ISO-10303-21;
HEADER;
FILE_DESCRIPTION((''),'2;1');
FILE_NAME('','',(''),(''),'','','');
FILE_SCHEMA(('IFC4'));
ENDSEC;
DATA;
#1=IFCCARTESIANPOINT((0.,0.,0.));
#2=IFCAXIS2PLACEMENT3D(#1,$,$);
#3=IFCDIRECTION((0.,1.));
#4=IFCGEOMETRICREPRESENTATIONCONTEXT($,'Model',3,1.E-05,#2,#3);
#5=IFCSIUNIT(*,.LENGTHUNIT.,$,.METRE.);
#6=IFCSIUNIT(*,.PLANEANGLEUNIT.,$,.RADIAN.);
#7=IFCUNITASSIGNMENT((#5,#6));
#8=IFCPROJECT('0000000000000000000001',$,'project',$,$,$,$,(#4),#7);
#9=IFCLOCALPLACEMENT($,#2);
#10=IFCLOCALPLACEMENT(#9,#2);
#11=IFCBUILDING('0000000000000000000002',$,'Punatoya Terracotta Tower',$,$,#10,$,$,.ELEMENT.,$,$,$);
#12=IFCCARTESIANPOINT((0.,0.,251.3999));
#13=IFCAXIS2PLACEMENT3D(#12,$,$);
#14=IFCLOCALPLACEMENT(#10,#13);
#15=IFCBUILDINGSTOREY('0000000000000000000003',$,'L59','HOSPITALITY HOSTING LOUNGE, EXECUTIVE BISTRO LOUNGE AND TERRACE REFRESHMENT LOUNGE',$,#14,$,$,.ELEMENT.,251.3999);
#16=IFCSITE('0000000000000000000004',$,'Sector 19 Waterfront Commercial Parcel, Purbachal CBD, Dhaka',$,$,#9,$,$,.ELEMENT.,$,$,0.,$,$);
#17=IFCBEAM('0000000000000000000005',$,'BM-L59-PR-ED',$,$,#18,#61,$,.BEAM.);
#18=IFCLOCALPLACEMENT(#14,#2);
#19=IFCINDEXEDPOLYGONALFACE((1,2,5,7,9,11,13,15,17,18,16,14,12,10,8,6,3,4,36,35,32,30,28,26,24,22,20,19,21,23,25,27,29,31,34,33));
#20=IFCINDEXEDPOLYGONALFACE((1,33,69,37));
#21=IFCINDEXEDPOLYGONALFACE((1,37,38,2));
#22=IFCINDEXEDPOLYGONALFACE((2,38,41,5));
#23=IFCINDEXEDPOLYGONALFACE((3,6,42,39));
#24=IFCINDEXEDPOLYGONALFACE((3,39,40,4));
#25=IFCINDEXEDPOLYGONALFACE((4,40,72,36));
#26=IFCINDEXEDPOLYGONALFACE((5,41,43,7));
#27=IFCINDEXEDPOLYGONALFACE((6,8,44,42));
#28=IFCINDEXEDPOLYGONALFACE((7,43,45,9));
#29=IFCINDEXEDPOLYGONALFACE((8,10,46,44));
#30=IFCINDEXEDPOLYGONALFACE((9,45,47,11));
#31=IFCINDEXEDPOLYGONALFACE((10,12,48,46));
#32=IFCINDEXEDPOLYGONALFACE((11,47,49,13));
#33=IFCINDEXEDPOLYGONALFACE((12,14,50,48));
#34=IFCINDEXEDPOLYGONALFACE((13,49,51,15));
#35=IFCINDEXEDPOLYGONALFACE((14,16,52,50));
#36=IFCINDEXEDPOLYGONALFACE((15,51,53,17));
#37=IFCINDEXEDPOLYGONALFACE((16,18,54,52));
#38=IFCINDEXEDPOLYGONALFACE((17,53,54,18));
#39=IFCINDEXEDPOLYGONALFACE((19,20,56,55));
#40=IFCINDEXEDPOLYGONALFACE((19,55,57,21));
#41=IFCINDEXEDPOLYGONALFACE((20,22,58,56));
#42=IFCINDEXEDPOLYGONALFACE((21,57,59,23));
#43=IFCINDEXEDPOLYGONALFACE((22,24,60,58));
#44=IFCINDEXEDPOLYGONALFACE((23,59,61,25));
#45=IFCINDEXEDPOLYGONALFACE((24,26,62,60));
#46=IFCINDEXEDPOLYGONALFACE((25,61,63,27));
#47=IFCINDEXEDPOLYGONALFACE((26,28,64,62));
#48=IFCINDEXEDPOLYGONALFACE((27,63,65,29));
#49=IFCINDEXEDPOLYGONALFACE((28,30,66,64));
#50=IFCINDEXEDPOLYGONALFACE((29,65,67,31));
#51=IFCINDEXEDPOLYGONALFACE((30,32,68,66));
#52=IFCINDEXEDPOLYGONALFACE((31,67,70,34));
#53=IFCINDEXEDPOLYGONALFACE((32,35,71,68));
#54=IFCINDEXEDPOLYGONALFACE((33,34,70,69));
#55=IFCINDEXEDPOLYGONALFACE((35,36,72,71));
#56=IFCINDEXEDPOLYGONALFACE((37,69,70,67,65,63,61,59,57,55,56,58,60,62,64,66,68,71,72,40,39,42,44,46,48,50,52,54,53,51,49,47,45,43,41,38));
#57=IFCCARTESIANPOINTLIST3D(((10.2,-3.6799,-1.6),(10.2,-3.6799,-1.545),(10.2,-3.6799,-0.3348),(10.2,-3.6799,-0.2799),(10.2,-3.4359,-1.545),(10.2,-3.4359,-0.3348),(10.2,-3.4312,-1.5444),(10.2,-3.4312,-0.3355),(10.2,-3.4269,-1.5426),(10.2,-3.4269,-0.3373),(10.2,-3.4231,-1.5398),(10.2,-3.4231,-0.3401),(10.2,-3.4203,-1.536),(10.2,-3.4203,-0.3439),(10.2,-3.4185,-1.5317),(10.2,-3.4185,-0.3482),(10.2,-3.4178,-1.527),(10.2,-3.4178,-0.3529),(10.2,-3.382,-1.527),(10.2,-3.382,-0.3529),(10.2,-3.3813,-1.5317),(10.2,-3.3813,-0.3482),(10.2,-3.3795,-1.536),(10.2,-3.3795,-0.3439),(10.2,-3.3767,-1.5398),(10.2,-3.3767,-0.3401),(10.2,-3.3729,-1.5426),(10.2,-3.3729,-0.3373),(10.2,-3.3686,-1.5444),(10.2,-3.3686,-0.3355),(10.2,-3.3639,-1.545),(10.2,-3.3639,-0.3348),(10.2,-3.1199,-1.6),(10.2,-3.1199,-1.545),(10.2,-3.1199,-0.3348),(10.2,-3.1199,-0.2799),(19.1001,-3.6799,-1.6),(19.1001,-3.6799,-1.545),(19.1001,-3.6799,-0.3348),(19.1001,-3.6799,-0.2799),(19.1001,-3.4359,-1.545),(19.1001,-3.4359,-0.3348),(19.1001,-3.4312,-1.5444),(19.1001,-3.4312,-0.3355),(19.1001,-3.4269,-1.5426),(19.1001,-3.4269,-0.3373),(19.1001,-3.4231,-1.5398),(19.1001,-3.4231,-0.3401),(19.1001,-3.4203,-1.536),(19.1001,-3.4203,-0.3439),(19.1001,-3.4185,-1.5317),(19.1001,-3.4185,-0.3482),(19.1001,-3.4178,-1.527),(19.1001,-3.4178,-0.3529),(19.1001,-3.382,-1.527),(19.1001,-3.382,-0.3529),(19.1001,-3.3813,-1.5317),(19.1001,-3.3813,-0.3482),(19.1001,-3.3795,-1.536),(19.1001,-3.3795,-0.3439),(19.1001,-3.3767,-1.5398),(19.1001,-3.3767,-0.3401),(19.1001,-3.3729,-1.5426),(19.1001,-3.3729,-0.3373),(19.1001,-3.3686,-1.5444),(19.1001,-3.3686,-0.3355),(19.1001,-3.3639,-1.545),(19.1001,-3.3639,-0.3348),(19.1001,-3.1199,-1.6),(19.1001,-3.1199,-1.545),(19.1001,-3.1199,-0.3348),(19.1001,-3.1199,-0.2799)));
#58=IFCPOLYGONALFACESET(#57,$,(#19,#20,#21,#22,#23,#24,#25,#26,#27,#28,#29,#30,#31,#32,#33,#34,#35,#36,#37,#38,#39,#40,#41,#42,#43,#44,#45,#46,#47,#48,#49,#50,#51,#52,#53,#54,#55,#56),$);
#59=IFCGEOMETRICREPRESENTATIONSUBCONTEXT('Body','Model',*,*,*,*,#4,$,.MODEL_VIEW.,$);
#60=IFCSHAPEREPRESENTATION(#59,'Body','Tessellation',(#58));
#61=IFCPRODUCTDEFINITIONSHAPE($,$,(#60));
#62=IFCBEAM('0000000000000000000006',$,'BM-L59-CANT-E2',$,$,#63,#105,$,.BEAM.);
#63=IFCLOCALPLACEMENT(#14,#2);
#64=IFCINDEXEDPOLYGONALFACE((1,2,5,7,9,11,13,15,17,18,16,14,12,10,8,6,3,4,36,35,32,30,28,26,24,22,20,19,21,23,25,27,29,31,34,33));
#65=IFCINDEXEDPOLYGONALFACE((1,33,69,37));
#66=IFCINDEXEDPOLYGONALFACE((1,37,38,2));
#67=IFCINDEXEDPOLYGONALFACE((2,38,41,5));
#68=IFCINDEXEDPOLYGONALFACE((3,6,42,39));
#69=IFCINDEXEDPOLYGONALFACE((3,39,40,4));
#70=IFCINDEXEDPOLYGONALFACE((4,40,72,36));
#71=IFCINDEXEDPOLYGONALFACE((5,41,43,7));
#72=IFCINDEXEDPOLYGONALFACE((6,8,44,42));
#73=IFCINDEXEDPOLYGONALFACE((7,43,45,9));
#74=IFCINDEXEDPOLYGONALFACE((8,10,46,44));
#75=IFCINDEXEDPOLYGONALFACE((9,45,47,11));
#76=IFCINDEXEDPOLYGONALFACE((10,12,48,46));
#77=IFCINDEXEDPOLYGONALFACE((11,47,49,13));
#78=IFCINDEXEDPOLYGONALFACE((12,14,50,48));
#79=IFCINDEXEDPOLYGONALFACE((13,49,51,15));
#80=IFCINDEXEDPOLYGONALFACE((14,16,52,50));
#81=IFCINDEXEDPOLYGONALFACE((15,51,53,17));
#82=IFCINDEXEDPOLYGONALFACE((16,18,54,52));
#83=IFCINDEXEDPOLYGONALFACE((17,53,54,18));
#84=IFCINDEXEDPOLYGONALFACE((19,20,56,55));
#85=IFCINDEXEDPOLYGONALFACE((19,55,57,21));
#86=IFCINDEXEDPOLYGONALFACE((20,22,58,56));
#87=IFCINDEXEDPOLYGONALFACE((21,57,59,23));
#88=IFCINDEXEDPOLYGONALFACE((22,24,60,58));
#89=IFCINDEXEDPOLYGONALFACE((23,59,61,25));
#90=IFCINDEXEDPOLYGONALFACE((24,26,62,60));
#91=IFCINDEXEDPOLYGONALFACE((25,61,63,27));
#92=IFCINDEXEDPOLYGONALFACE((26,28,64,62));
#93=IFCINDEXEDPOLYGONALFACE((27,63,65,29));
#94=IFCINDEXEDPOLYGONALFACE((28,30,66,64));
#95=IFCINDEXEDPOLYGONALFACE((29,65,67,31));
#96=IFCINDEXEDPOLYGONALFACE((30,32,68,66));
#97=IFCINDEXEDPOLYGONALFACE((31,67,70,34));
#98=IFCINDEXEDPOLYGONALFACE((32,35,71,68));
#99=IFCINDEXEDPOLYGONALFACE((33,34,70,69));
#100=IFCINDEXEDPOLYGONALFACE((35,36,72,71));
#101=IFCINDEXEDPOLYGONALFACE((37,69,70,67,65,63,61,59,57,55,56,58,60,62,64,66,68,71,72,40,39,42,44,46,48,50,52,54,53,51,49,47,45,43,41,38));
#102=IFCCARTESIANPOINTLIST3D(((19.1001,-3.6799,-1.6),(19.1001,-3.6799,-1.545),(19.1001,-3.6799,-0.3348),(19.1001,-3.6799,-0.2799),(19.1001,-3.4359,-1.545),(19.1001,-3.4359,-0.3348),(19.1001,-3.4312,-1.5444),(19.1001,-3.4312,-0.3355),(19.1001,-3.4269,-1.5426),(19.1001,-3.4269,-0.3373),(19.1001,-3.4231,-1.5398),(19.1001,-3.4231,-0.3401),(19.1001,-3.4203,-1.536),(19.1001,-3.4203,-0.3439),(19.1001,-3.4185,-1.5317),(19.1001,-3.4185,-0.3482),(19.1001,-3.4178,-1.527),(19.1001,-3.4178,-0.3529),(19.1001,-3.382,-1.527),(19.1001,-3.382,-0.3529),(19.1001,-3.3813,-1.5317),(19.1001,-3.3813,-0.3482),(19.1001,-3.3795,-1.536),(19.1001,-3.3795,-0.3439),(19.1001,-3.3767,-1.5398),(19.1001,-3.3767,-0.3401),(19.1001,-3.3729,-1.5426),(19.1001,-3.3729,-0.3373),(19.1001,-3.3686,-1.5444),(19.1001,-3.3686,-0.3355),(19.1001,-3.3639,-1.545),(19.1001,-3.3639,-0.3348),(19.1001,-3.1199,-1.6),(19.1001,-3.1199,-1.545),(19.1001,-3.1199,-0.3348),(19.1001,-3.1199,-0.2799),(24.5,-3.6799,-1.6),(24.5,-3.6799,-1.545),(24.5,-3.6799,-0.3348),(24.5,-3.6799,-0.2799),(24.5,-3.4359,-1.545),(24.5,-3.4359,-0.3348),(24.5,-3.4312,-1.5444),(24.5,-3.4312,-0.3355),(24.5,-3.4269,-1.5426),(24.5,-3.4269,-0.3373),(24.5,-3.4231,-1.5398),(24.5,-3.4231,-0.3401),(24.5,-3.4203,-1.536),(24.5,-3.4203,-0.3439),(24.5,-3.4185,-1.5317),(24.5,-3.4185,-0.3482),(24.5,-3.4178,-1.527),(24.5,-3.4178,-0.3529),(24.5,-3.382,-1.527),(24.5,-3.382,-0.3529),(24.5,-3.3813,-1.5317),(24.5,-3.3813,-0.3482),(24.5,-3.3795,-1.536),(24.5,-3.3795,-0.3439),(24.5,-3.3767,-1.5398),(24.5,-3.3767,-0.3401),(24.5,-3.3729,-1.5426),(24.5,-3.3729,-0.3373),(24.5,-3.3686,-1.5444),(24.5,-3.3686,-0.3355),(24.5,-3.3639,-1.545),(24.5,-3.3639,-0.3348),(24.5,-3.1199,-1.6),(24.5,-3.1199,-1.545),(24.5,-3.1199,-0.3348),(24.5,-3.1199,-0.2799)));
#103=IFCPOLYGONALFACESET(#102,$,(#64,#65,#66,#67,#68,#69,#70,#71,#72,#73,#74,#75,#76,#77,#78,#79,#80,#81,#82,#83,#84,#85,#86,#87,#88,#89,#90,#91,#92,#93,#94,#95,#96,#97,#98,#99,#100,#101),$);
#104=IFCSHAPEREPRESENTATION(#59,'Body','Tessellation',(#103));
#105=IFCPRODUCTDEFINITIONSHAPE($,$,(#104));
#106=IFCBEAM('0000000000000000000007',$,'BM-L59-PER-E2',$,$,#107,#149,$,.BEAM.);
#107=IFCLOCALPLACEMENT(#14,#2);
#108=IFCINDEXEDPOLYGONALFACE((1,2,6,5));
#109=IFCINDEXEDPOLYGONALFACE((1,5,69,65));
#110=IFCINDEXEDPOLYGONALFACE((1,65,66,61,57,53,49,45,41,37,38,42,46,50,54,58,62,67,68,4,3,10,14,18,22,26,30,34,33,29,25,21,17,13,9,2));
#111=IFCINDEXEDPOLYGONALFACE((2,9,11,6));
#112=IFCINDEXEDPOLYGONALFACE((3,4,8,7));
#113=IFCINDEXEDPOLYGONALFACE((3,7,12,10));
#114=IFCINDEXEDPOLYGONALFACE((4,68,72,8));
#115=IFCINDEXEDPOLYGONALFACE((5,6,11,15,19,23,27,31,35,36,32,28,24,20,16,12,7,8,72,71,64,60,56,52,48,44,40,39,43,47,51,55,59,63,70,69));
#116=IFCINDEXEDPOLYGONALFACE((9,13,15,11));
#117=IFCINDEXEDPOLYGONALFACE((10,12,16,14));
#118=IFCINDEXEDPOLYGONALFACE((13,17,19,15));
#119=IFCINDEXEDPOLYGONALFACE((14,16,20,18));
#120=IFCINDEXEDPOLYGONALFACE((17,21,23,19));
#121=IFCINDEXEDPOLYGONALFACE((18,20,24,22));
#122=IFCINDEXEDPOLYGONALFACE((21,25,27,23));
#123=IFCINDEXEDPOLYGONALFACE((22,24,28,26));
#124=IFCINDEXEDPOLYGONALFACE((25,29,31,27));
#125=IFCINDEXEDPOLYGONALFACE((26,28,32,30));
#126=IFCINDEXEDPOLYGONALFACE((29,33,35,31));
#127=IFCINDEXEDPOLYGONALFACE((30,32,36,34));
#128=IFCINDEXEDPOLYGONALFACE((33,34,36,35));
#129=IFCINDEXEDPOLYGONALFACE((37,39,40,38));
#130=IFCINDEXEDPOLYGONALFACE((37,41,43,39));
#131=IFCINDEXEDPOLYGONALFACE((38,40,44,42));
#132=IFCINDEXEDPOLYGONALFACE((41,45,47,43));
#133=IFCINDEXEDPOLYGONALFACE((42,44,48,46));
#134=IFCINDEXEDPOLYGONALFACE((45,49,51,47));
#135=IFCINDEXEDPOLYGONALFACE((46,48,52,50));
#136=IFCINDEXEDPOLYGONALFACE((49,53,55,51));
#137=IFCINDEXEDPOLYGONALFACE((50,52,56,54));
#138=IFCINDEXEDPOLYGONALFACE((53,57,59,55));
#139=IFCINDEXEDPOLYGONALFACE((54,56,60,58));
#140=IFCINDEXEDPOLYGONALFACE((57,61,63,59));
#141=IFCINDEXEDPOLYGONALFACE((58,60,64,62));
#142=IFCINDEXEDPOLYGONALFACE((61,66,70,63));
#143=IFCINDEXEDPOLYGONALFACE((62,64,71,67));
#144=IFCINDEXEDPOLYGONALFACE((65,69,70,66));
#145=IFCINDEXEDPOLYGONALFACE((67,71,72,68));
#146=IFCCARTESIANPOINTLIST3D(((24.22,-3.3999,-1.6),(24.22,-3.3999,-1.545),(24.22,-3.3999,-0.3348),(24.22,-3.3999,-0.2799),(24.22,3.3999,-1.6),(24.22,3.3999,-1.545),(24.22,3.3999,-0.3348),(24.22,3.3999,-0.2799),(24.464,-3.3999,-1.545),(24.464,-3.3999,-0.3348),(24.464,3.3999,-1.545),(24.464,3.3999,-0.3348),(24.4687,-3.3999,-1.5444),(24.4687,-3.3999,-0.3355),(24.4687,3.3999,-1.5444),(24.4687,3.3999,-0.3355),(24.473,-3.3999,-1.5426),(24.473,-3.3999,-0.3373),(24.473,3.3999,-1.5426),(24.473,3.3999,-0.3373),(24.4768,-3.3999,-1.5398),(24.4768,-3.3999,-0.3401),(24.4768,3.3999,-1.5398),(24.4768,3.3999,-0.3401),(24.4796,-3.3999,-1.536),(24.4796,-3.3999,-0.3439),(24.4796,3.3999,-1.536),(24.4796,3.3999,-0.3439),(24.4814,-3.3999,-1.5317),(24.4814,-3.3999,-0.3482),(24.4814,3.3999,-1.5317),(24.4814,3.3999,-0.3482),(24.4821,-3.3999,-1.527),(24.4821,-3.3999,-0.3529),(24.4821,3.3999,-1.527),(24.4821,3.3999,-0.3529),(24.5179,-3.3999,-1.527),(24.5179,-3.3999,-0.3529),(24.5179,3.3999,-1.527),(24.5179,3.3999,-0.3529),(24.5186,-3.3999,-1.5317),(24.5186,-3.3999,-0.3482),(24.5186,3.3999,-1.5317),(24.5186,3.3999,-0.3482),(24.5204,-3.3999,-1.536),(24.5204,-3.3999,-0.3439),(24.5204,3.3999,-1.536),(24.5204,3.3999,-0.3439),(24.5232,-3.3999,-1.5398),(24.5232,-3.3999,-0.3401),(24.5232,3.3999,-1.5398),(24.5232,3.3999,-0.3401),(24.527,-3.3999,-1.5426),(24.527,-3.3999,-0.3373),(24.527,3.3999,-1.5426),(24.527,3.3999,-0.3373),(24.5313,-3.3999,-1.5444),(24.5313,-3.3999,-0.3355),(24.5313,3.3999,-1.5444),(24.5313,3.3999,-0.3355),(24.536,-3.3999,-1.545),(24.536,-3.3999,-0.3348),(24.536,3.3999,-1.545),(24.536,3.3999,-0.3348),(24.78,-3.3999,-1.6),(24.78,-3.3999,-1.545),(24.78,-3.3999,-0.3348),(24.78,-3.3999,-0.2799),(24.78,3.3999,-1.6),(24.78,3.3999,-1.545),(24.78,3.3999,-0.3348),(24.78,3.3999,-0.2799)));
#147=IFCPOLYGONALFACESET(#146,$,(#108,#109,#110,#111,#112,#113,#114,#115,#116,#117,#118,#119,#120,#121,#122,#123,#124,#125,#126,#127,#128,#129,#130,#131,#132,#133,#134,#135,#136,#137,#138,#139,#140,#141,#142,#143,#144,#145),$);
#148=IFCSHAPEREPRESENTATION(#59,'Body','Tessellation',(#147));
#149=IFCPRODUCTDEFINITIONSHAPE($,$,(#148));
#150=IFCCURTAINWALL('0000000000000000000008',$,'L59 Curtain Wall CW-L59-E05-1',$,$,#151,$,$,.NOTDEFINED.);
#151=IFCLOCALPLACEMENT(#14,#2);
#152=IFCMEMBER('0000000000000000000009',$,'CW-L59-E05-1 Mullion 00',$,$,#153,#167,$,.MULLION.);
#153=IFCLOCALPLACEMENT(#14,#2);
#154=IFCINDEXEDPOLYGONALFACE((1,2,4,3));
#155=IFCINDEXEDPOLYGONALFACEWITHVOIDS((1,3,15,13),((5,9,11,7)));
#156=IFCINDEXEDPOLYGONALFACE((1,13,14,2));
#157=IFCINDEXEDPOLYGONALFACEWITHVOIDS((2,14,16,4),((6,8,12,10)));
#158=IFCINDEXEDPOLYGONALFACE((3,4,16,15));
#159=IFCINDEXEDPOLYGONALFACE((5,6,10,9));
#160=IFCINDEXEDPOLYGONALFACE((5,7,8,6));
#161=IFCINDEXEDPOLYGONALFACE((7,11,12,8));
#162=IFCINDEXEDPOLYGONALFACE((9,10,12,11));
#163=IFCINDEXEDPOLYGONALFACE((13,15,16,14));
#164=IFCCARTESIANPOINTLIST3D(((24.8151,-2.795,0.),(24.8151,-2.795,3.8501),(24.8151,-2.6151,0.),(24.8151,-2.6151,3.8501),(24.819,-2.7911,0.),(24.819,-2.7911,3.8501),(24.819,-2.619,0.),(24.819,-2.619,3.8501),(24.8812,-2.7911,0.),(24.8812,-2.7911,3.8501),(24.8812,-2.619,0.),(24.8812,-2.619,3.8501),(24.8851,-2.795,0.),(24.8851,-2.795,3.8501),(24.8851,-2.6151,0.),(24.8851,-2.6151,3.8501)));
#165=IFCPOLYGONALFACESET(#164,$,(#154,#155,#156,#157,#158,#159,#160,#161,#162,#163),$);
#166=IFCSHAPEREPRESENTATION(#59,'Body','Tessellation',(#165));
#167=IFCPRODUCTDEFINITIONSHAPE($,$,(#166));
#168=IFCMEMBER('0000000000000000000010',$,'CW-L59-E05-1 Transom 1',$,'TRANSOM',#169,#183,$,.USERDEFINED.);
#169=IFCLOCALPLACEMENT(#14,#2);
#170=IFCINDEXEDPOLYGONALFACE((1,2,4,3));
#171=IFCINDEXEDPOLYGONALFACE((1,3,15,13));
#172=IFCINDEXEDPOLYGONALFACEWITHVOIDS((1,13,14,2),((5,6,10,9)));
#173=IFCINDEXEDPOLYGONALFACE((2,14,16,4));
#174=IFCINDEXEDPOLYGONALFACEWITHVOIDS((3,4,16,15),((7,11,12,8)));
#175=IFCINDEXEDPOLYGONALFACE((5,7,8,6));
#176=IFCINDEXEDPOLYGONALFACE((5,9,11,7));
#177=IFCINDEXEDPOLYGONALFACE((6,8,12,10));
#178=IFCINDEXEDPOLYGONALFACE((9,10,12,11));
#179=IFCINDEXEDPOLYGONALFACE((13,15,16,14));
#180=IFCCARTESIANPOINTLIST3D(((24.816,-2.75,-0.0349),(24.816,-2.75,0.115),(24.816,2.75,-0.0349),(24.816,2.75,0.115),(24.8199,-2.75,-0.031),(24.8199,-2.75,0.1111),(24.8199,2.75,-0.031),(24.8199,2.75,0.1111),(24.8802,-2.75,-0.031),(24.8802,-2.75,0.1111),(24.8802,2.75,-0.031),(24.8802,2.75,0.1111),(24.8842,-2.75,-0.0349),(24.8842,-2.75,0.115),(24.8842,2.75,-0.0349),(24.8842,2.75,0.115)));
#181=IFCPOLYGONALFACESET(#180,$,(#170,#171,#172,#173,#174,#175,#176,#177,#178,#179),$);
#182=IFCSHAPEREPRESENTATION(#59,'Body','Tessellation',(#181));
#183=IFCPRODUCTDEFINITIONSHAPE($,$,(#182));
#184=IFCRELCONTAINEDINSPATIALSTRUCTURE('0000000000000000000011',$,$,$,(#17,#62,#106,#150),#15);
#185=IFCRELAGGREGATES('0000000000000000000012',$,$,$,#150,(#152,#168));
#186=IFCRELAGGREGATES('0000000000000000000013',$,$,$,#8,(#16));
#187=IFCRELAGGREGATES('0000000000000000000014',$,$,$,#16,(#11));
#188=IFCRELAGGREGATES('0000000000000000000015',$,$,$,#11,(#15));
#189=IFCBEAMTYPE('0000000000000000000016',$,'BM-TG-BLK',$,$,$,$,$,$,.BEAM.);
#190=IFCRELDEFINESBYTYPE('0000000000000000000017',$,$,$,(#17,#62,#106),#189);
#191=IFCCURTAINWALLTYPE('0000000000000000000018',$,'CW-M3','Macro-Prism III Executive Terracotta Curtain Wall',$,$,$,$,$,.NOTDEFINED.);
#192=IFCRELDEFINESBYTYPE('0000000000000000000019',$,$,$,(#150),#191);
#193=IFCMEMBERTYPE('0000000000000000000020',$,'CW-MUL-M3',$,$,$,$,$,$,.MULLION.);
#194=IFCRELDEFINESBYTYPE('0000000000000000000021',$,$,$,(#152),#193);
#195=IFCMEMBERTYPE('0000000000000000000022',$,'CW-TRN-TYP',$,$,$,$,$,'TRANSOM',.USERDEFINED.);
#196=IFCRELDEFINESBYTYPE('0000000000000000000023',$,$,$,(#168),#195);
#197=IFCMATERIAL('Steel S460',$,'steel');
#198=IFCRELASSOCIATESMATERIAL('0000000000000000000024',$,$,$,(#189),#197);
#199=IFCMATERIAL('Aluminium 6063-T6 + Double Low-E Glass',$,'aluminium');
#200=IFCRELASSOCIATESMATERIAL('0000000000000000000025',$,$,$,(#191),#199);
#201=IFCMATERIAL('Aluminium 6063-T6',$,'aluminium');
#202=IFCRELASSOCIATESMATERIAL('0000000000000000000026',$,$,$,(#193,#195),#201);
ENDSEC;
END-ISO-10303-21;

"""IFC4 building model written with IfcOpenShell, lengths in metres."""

from ifc_helpers import new_model, si_unit, direction, frame, origin, origin_2d, place, context, subcontext, project, spatial, hollow_rectangle, i_section, extrude, material, material_profile, profile_set, type_object, element, aggregate, save


model = new_model("IFC4")

# Units and contexts
model_context = context("Model", 3, precision=1e-05, world=origin(), true_north=direction((0.0, 1.0)))
body_context = subcontext(model_context, "Body", "Model", "MODEL_VIEW")
ifc_project = project(units=[si_unit("LENGTHUNIT", "METRE"), si_unit("PLANEANGLEUNIT", "RADIAN")], contexts=[model_context])

# Site, building, storey
site_placement = place(None, origin())
site = spatial("IfcSite", under=ifc_project, at=site_placement, Name="Sector 19 Waterfront Commercial Parcel, Purbachal CBD, Dhaka", CompositionType="ELEMENT", RefElevation=0.0)
building_placement = place(site_placement, origin())
building = spatial("IfcBuilding", under=site, at=building_placement, Name="Punatoya Terracotta Tower", CompositionType="ELEMENT")
storey_placement = place(building_placement, frame((0.0, 0.0, 251.3999)))
storey = spatial("IfcBuildingStorey", under=building, at=storey_placement, Name="L59", Description="HOSPITALITY HOSTING LOUNGE, EXECUTIVE BISTRO LOUNGE AND TERRACE REFRESHMENT LOUNGE", CompositionType="ELEMENT", Elevation=251.3999)

# Shared definitions
ifc_material_1 = material(Name="Steel S460", Category="steel")

# Beams
ifc_material_profile_1 = material_profile(ifc_material_1, i_section(OverallWidth=0.5601, OverallDepth=1.3201, WebThickness=0.0359, FlangeThickness=0.0549, FilletRadius=0.0181, at=origin_2d()))
ifc_profile_set_1 = profile_set([ifc_material_profile_1], Name="Steel S460")
beam_type = type_object("IfcBeamType", Name="BM-TG-BLK", PredefinedType="BEAM", material=ifc_profile_set_1)
for number, where, z_axis, x_axis, name in (
    (1, (10.2, -3.3999, -0.9399), (1.0, 0.0, 0.0), (0.0, 1.0, 0.0), "BM-L59-PR-ED"),
):
    element("IfcBeam", number, at=place(storey_placement, frame(where, z_axis=z_axis, x_axis=x_axis)), inside=storey, type_object=beam_type, Name=name, PredefinedType="BEAM", context=body_context, shape_type="SweptSolid", body=[
        extrude(i_section(OverallWidth=0.5601, OverallDepth=1.3201, WebThickness=0.0359, FlangeThickness=0.0549, FilletRadius=0.0181, at=origin_2d()), origin(), (0.0, 0.0, 1.0), 8.9001),
    ])
beam_1_placement = place(storey_placement, frame((19.1001, -3.3999, -0.9399), z_axis=(1.0, 0.0, 0.0), x_axis=(0.0, 1.0, 0.0)))
element("IfcBeam", 2, at=beam_1_placement, inside=storey, type_object=beam_type, Name="BM-L59-CANT-E2", PredefinedType="BEAM", context=body_context, shape_type="SweptSolid", body=[
    extrude(i_section(OverallWidth=0.5601, OverallDepth=1.3201, WebThickness=0.0359, FlangeThickness=0.0549, FilletRadius=0.0181, at=origin_2d()), origin(), (0.0, 0.0, 1.0), 5.3999),
])
beam_2_placement = place(storey_placement, frame((24.5, -3.3999, -0.9399), z_axis=(0.0, 1.0, 0.0), x_axis=(-1.0, 0.0, 0.0)))
element("IfcBeam", 3, at=beam_2_placement, inside=storey, type_object=beam_type, Name="BM-L59-PER-E2", PredefinedType="BEAM", context=body_context, shape_type="SweptSolid", body=[
    extrude(i_section(OverallWidth=0.5601, OverallDepth=1.3201, WebThickness=0.0359, FlangeThickness=0.0549, FilletRadius=0.0181, at=origin_2d()), origin(), (0.0, 0.0, 1.0), 6.7998),
])

# Curtain wall, members
ifc_material_2 = material(Name="Aluminium 6063-T6 + Double Low-E Glass", Category="aluminium")
curtain_wall_type = type_object("IfcCurtainWallType", Name="CW-M3", Description="Macro-Prism III Executive Terracotta Curtain Wall", PredefinedType="NOTDEFINED", material=ifc_material_2)
curtain_wall_placement = place(storey_placement, origin())
curtain_wall = element("IfcCurtainWall", 4, at=curtain_wall_placement, inside=storey, type_object=curtain_wall_type, Name="L59 Curtain Wall CW-L59-E05-1", PredefinedType="NOTDEFINED")
ifc_material_3 = material(Name="Aluminium 6063-T6", Category="aluminium")
ifc_material_profile_2 = material_profile(ifc_material_3, hollow_rectangle(XDim=0.0701, YDim=0.1799, WallThickness=0.0039, at=origin_2d()))
ifc_profile_set_2 = profile_set([ifc_material_profile_2], Name="Aluminium 6063-T6")
member_type_1 = type_object("IfcMemberType", Name="CW-MUL-M3", PredefinedType="MULLION", material=ifc_profile_set_2)
member_1_placement = place(storey_placement, frame((24.8501, -2.7051, 0.0), z_axis=(0.0, 0.0, 1.0), x_axis=(1.0, 0.0, 0.0)))
member_1 = element("IfcMember", 5, at=member_1_placement, type_object=member_type_1, Name="CW-L59-E05-1 Mullion 00", PredefinedType="MULLION", context=body_context, shape_type="SweptSolid", body=[
    extrude(hollow_rectangle(XDim=0.0701, YDim=0.1799, WallThickness=0.0039, at=origin_2d()), origin(), (0.0, 0.0, 1.0), 3.8501),
])
ifc_material_profile_3 = material_profile(ifc_material_3, hollow_rectangle(XDim=0.0681, YDim=0.1499, WallThickness=0.0039, at=origin_2d()))
ifc_profile_set_3 = profile_set([ifc_material_profile_3], Name="Aluminium 6063-T6")
member_type_2 = type_object("IfcMemberType", Name="CW-TRN-TYP", ElementType="TRANSOM", PredefinedType="USERDEFINED", material=ifc_profile_set_3)
member_2_placement = place(storey_placement, frame((24.8501, -2.75, 0.04), z_axis=(0.0, 1.0, 0.0), x_axis=(-1.0, 0.0, 0.0)))
member_2 = element("IfcMember", 6, at=member_2_placement, type_object=member_type_2, Name="CW-L59-E05-1 Transom 1", ObjectType="TRANSOM", PredefinedType="USERDEFINED", context=body_context, shape_type="SweptSolid", body=[
    extrude(hollow_rectangle(XDim=0.0681, YDim=0.1499, WallThickness=0.0039, at=origin_2d()), origin(), (0.0, 0.0, 1.0), 5.5),
])

aggregate(curtain_wall, [member_1, member_2])

save(model, "model.ifc")
